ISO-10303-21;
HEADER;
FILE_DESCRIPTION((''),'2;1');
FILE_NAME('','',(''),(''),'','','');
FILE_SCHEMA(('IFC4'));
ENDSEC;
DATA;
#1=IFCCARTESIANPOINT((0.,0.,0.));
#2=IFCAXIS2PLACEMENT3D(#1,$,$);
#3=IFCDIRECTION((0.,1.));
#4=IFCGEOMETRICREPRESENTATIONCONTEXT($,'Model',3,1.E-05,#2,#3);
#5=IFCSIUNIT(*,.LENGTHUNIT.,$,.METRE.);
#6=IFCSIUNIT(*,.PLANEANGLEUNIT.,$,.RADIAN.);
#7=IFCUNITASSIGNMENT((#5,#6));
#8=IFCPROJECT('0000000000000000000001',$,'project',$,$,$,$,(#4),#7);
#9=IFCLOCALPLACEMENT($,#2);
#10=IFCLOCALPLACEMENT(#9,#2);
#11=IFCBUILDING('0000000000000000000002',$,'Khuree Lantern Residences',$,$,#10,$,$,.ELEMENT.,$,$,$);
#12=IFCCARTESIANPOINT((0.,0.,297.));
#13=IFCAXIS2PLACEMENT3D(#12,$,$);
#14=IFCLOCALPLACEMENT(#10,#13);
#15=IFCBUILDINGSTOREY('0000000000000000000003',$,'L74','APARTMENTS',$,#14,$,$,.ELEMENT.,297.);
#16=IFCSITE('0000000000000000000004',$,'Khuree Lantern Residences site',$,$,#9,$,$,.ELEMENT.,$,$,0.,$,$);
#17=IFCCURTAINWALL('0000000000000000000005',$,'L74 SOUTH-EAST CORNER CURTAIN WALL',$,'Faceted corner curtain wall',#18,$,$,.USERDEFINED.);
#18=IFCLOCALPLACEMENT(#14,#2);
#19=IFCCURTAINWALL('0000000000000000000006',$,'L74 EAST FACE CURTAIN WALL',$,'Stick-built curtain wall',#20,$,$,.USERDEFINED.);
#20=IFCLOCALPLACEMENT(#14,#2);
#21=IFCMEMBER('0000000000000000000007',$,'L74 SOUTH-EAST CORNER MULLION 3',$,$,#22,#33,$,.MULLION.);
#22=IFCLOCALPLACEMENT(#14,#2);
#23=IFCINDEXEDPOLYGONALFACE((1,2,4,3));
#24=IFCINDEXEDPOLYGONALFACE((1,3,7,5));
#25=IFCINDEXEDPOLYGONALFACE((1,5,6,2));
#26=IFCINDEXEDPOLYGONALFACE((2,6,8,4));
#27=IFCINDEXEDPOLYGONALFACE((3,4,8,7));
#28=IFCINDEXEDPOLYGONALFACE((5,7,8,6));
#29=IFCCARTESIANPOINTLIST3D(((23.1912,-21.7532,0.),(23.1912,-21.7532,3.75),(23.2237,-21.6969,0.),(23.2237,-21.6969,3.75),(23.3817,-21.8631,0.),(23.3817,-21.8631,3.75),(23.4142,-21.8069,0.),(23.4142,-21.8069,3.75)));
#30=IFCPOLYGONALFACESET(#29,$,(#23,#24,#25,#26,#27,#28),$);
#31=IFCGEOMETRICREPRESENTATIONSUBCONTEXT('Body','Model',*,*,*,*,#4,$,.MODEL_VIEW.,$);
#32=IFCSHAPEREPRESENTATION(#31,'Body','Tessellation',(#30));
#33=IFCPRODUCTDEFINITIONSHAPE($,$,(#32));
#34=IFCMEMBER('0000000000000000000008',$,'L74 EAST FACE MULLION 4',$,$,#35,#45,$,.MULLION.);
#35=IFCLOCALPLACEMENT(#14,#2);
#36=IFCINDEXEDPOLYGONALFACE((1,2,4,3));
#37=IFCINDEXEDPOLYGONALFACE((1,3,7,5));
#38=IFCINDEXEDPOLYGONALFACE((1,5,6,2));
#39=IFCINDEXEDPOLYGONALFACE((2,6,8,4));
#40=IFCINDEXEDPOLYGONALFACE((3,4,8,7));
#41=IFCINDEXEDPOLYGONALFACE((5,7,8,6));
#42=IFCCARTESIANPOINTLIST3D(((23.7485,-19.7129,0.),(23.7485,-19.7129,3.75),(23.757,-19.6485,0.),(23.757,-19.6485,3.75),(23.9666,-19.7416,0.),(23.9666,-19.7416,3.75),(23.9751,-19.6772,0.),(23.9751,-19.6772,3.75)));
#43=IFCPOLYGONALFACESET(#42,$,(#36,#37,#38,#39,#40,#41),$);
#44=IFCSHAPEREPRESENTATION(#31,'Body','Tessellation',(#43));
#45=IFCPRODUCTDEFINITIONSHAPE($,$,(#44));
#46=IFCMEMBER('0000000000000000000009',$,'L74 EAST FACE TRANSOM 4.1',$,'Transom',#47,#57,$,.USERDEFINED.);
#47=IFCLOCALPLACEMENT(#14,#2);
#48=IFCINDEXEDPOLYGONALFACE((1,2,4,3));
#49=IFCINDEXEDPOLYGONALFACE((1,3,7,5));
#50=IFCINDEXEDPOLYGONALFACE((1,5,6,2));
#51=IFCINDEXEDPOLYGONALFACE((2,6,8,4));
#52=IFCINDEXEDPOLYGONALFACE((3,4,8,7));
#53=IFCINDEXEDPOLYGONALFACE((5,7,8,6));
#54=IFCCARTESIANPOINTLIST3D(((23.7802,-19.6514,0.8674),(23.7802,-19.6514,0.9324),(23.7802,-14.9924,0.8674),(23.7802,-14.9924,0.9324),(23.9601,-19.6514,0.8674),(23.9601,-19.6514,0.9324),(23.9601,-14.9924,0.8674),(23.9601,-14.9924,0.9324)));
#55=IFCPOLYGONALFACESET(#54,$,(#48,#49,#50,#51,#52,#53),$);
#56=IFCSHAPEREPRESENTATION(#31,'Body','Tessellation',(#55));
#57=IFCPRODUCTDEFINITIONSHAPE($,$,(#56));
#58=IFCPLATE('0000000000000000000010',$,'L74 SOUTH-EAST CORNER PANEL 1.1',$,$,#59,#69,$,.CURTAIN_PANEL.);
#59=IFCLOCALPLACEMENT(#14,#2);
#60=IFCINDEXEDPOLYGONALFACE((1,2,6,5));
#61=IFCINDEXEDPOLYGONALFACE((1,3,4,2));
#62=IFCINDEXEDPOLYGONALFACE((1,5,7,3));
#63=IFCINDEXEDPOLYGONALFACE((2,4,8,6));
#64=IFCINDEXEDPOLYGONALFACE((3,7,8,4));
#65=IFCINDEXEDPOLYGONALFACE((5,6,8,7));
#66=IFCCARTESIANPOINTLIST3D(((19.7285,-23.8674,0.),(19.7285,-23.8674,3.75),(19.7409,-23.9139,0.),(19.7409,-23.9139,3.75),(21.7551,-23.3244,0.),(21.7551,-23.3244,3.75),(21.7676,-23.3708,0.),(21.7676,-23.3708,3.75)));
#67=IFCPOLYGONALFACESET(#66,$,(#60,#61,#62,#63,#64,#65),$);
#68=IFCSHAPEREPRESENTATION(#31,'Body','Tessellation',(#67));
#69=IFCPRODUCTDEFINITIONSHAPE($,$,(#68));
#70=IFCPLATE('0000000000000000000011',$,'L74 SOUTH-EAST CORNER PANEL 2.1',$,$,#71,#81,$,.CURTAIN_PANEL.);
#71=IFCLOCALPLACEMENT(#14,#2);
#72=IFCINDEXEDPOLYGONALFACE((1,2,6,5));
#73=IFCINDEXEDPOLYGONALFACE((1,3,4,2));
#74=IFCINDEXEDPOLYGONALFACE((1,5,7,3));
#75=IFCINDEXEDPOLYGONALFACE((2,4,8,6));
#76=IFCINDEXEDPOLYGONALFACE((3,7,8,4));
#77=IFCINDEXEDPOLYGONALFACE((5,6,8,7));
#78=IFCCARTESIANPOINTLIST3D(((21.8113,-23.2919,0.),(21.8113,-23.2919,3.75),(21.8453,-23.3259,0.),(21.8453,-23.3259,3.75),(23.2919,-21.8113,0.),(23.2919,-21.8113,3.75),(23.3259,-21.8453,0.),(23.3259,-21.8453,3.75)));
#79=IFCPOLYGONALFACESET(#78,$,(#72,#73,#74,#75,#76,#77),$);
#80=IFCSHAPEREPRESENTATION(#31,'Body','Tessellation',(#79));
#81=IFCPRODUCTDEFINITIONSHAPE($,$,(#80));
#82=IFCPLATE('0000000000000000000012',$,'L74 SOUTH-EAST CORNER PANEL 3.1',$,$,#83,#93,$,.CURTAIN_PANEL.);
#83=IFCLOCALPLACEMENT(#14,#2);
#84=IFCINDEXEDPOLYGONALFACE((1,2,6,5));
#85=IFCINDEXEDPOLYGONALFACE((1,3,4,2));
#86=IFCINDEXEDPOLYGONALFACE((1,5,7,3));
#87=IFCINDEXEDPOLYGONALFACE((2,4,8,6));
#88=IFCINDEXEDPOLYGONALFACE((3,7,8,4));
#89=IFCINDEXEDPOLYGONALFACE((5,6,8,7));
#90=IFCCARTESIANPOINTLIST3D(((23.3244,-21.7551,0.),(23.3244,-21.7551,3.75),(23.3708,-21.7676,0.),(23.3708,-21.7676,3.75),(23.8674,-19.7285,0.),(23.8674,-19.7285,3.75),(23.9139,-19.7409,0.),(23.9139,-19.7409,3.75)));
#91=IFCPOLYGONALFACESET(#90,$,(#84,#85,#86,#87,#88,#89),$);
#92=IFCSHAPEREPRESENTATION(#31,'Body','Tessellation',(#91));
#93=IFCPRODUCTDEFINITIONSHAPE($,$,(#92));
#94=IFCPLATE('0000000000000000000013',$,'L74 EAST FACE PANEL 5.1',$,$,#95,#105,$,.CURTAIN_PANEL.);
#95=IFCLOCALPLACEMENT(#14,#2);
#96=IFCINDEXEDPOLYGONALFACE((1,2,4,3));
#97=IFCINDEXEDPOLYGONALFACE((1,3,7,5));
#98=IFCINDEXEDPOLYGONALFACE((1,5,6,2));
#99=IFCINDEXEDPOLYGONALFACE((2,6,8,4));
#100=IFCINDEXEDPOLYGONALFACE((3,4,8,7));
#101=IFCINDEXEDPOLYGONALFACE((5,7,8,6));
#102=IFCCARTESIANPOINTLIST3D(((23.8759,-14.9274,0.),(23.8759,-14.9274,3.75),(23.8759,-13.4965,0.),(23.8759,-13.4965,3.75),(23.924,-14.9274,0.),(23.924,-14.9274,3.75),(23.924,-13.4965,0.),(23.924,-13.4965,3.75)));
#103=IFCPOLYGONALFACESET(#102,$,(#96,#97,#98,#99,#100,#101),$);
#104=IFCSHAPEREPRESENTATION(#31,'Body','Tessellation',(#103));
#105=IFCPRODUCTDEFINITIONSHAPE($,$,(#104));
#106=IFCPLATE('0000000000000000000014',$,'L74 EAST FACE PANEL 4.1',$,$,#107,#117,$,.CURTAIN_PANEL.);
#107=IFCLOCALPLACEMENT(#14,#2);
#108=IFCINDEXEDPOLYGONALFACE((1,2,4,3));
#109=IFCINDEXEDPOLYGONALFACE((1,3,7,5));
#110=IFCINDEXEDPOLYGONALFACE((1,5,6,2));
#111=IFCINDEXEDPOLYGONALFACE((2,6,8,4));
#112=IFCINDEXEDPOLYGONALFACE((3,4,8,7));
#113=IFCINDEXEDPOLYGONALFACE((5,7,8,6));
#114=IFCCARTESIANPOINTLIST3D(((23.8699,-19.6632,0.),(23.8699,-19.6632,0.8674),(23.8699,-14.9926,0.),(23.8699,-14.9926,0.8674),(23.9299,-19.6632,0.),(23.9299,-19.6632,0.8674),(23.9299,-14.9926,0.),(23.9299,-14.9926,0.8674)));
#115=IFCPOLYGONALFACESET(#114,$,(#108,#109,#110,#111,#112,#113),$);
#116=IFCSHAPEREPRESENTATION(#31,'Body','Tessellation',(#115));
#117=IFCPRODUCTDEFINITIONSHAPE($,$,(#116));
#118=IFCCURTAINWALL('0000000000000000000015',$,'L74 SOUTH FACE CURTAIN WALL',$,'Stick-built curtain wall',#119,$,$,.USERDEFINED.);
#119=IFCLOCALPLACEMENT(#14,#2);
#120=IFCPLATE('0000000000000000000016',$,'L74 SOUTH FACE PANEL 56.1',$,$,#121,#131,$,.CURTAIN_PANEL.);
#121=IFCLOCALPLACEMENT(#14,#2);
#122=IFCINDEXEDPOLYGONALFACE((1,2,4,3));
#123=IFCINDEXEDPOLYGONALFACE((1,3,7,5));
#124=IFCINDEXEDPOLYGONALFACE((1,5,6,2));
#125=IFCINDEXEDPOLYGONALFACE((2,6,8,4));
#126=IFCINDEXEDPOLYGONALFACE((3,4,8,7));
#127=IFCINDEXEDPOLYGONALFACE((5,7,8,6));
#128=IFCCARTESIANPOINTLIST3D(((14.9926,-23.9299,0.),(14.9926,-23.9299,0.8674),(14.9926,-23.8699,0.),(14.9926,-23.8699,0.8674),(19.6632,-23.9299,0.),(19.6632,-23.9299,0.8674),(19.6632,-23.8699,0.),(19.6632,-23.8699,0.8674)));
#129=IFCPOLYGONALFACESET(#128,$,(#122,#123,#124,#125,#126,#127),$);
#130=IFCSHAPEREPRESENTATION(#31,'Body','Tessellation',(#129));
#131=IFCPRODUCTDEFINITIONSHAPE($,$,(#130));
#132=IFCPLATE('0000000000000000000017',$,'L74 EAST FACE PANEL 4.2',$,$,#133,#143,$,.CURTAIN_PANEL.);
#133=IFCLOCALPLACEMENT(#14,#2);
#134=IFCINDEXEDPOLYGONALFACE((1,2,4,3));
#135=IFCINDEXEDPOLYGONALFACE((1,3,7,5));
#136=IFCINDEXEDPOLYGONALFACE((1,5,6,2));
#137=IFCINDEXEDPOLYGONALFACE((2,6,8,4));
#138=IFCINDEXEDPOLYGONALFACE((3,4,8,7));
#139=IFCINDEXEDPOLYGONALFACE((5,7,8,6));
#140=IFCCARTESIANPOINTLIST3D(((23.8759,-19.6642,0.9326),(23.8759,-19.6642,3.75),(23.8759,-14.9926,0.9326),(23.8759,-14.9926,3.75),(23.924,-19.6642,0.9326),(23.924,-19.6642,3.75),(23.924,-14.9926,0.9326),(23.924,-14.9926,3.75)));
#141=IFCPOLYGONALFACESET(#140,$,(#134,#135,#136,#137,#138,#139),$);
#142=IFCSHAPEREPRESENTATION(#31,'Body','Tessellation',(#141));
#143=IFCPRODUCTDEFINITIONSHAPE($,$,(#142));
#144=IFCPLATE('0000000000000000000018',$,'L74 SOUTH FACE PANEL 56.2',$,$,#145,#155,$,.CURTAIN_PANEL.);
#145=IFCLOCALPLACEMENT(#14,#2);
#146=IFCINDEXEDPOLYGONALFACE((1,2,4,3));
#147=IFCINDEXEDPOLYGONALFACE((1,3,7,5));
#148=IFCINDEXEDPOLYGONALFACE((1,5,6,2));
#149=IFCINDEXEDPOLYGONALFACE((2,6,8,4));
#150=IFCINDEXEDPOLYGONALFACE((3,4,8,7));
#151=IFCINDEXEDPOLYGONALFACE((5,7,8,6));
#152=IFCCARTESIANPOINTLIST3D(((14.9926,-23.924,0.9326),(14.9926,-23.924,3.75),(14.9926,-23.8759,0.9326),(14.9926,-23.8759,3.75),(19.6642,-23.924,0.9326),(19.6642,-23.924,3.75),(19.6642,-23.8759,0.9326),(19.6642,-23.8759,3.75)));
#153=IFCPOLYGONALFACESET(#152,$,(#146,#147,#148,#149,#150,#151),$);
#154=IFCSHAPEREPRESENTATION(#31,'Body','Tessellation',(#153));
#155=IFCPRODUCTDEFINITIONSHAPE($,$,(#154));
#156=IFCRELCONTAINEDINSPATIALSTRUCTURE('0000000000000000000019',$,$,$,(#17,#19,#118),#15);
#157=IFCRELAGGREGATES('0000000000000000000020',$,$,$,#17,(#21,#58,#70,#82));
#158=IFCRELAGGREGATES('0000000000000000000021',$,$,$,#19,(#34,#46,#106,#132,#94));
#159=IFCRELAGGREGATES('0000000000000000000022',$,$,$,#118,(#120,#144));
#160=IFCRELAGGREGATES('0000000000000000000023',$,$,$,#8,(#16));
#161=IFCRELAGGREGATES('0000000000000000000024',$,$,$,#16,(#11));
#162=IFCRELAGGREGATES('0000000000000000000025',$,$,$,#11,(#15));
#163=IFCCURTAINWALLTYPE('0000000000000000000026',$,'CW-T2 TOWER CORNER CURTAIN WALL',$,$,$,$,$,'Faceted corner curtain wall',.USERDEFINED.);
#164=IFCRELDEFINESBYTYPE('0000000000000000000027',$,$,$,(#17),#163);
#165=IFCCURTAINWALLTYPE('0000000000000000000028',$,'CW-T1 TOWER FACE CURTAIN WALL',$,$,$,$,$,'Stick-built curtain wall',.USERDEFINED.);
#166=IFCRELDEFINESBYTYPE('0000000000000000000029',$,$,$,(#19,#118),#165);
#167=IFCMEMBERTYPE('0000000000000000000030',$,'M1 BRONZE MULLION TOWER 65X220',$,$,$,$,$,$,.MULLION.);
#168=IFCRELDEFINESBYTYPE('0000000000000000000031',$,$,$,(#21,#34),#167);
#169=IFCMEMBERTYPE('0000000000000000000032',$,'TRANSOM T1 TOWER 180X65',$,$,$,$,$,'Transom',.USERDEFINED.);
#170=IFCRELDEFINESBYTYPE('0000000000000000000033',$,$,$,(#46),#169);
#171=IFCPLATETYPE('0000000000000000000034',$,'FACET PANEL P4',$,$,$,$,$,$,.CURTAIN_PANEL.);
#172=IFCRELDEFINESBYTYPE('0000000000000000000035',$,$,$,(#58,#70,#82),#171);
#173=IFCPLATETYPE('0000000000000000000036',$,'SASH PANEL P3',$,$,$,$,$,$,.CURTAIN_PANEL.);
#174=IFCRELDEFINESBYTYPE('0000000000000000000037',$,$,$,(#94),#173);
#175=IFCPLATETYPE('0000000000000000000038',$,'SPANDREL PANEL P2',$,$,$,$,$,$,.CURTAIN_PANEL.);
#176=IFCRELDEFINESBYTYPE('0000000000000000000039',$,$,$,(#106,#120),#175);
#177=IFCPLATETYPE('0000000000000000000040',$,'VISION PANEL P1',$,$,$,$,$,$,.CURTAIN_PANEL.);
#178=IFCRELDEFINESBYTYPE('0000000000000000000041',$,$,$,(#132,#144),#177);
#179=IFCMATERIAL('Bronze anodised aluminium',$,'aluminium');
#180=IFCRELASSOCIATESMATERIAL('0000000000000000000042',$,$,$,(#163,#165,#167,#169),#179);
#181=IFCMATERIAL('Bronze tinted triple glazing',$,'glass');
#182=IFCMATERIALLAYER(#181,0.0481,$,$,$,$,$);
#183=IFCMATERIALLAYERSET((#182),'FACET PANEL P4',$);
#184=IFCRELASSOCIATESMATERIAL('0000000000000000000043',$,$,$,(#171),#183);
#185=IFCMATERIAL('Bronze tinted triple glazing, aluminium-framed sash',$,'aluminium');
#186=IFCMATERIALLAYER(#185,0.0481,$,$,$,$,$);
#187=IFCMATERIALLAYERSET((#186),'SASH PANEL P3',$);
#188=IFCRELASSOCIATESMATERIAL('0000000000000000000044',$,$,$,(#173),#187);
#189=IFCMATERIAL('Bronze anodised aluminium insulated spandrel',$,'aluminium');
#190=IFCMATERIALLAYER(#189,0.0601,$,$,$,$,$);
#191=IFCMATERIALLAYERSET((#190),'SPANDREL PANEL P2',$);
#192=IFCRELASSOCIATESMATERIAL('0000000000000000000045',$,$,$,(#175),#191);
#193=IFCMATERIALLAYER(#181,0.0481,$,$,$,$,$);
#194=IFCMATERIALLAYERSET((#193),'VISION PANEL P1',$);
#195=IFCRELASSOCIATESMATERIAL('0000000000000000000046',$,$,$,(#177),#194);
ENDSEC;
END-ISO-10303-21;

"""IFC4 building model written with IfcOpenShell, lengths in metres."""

from ifc_helpers import new_model, si_unit, direction, frame, origin, origin_2d, place, context, subcontext, project, spatial, rectangle, extrude, material, layer, layer_set, material_profile, profile_set, type_object, element, aggregate, save


model = new_model("IFC4")

# Units and contexts
model_context = context("Model", 3, precision=1e-05, world=origin(), true_north=direction((0.0, 1.0)))
body_context = subcontext(model_context, "Body", "Model", "MODEL_VIEW")
ifc_project = project(units=[si_unit("LENGTHUNIT", "METRE"), si_unit("PLANEANGLEUNIT", "RADIAN")], contexts=[model_context])

# Site, building, storey
site_placement = place(None, origin())
site = spatial("IfcSite", under=ifc_project, at=site_placement, Name="Khuree Lantern Residences site", CompositionType="ELEMENT", RefElevation=0.0)
building_placement = place(site_placement, origin())
building = spatial("IfcBuilding", under=site, at=building_placement, Name="Khuree Lantern Residences", CompositionType="ELEMENT")
storey_placement = place(building_placement, frame((0.0, 0.0, 297.0)))
storey = spatial("IfcBuildingStorey", under=building, at=storey_placement, Name="L74", Description="APARTMENTS", CompositionType="ELEMENT", Elevation=297.0)

# Curtain walls
ifc_material_1 = material(Name="Bronze anodised aluminium", Category="aluminium")
curtain_wall_type_1 = type_object("IfcCurtainWallType", Name="CW-T2 TOWER CORNER CURTAIN WALL", ElementType="Faceted corner curtain wall", PredefinedType="USERDEFINED", material=ifc_material_1)
curtain_wall_1_placement = place(storey_placement, origin())
curtain_wall_1 = element("IfcCurtainWall", 1, at=curtain_wall_1_placement, inside=storey, type_object=curtain_wall_type_1, Name="L74 SOUTH-EAST CORNER CURTAIN WALL", ObjectType="Faceted corner curtain wall", PredefinedType="USERDEFINED")
curtain_wall_type_2 = type_object("IfcCurtainWallType", Name="CW-T1 TOWER FACE CURTAIN WALL", ElementType="Stick-built curtain wall", PredefinedType="USERDEFINED", material=ifc_material_1)
curtain_wall_2_placement = place(storey_placement, origin())
curtain_wall_2 = element("IfcCurtainWall", 2, at=curtain_wall_2_placement, inside=storey, type_object=curtain_wall_type_2, Name="L74 EAST FACE CURTAIN WALL", ObjectType="Stick-built curtain wall", PredefinedType="USERDEFINED")

# Members
ifc_material_profile_1 = material_profile(ifc_material_1, rectangle(XDim=0.0649, YDim=0.22, at=origin_2d()), Name="M1 65X220")
ifc_profile_set_1 = profile_set([ifc_material_profile_1], Name="Bronze anodised aluminium")
member_type_1 = type_object("IfcMemberType", Name="M1 BRONZE MULLION TOWER 65X220", PredefinedType="MULLION", material=ifc_profile_set_1)
member_1_placement = place(storey_placement, frame((23.3027, -21.78, 0.0), z_axis=(0.0, 0.0, 1.0), x_axis=(0.5, 0.866025, 0.0)))
member_1 = element("IfcMember", 3, at=member_1_placement, type_object=member_type_1, Name="L74 SOUTH-EAST CORNER MULLION 3", PredefinedType="MULLION", context=body_context, shape_type="SweptSolid", body=[
    extrude(rectangle(XDim=0.0649, YDim=0.22, at=origin_2d()), origin(), (0.0, 0.0, 1.0), 3.75),
])
member_2_placement = place(storey_placement, frame((23.8618, -19.6951, 0.0), z_axis=(0.0, 0.0, 1.0), x_axis=(0.130526, 0.991445, 0.0)))
member_2 = element("IfcMember", 4, at=member_2_placement, type_object=member_type_1, Name="L74 EAST FACE MULLION 4", PredefinedType="MULLION", context=body_context, shape_type="SweptSolid", body=[
    extrude(rectangle(XDim=0.0649, YDim=0.22, at=origin_2d()), origin(), (0.0, 0.0, 1.0), 3.75),
])
ifc_material_profile_2 = material_profile(ifc_material_1, rectangle(XDim=0.1799, YDim=0.0649, at=origin_2d()), Name="T1 180X65")
ifc_profile_set_2 = profile_set([ifc_material_profile_2], Name="Bronze anodised aluminium")
member_type_2 = type_object("IfcMemberType", Name="TRANSOM T1 TOWER 180X65", ElementType="Transom", PredefinedType="USERDEFINED", material=ifc_profile_set_2)
member_3_placement = place(storey_placement, frame((23.8701, -19.6514, 0.8999), z_axis=(0.0, 1.0, 0.0), x_axis=(-1.0, 0.0, 0.0)))
member_3 = element("IfcMember", 5, at=member_3_placement, type_object=member_type_2, Name="L74 EAST FACE TRANSOM 4.1", ObjectType="Transom", PredefinedType="USERDEFINED", context=body_context, shape_type="SweptSolid", body=[
    extrude(rectangle(XDim=0.1799, YDim=0.0649, at=origin_2d()), origin(), (0.0, 0.0, 1.0), 4.6589),
])

# Plates
ifc_material_2 = material(Name="Bronze tinted triple glazing", Category="glass")
ifc_layer_1 = layer(ifc_material_2, 0.0481)
ifc_layer_set_1 = layer_set([ifc_layer_1], Name="FACET PANEL P4")
plate_type_1 = type_object("IfcPlateType", Name="FACET PANEL P4", PredefinedType="CURTAIN_PANEL", material=ifc_layer_set_1)
plate_1_placement = place(storey_placement, frame((20.748, -23.6191, 0.0), z_axis=(0.0, 0.0, 1.0), x_axis=(0.965926, 0.258819, 0.0)))
plate_1 = element("IfcPlate", 6, at=plate_1_placement, type_object=plate_type_1, Name="L74 SOUTH-EAST CORNER PANEL 1.1", PredefinedType="CURTAIN_PANEL", context=body_context, shape_type="SweptSolid", body=[
    extrude(rectangle(XDim=2.0981, YDim=0.0481, at=origin_2d()), origin(), (0.0, 0.0, 1.0), 3.75),
])
plate_2_placement = place(storey_placement, frame((22.5686, -22.5686, 0.0), z_axis=(0.0, 0.0, 1.0), x_axis=(0.707107, 0.707107, 0.0)))
plate_2 = element("IfcPlate", 7, at=plate_2_placement, type_object=plate_type_1, Name="L74 SOUTH-EAST CORNER PANEL 2.1", PredefinedType="CURTAIN_PANEL", context=body_context, shape_type="SweptSolid", body=[
    extrude(rectangle(XDim=2.094, YDim=0.0481, at=origin_2d()), origin(), (0.0, 0.0, 1.0), 3.75),
])
plate_3_placement = place(storey_placement, frame((23.6191, -20.748, 0.0), z_axis=(0.0, 0.0, 1.0), x_axis=(0.258819, 0.965926, 0.0)))
plate_3 = element("IfcPlate", 8, at=plate_3_placement, type_object=plate_type_1, Name="L74 SOUTH-EAST CORNER PANEL 3.1", PredefinedType="CURTAIN_PANEL", context=body_context, shape_type="SweptSolid", body=[
    extrude(rectangle(XDim=2.0981, YDim=0.0481, at=origin_2d()), origin(), (0.0, 0.0, 1.0), 3.75),
])
aggregate(curtain_wall_1, [member_1, plate_1, plate_2, plate_3])
ifc_material_3 = material(Name="Bronze tinted triple glazing, aluminium-framed sash", Category="aluminium")
ifc_layer_2 = layer(ifc_material_3, 0.0481)
ifc_layer_set_2 = layer_set([ifc_layer_2], Name="SASH PANEL P3")
plate_type_2 = type_object("IfcPlateType", Name="SASH PANEL P3", PredefinedType="CURTAIN_PANEL", material=ifc_layer_set_2)
plate_4_placement = place(storey_placement, frame((23.8999, -14.2119, 0.0), z_axis=(0.0, 0.0, 1.0), x_axis=(0.0, 1.0, 0.0)))
plate_4 = element("IfcPlate", 9, at=plate_4_placement, type_object=plate_type_2, Name="L74 EAST FACE PANEL 5.1", PredefinedType="CURTAIN_PANEL", context=body_context, shape_type="SweptSolid", body=[
    extrude(rectangle(XDim=1.4309, YDim=0.0481, at=origin_2d()), origin(), (0.0, 0.0, 1.0), 3.75),
])
ifc_material_4 = material(Name="Bronze anodised aluminium insulated spandrel", Category="aluminium")
ifc_layer_3 = layer(ifc_material_4, 0.0601)
ifc_layer_set_3 = layer_set([ifc_layer_3], Name="SPANDREL PANEL P2")
plate_type_3 = type_object("IfcPlateType", Name="SPANDREL PANEL P2", PredefinedType="CURTAIN_PANEL", material=ifc_layer_set_3)
plate_5_placement = place(storey_placement, frame((23.8999, -17.3279, 0.0), z_axis=(0.0, 0.0, 1.0), x_axis=(0.0, 1.0, 0.0)))
plate_5 = element("IfcPlate", 10, at=plate_5_placement, type_object=plate_type_3, Name="L74 EAST FACE PANEL 4.1", PredefinedType="CURTAIN_PANEL", context=body_context, shape_type="SweptSolid", body=[
    extrude(rectangle(XDim=4.6707, YDim=0.0601, at=origin_2d()), origin(), (0.0, 0.0, 1.0), 0.8674),
])

# Curtain wall, plate
curtain_wall_3_placement = place(storey_placement, origin())
curtain_wall_3 = element("IfcCurtainWall", 11, at=curtain_wall_3_placement, inside=storey, type_object=curtain_wall_type_2, Name="L74 SOUTH FACE CURTAIN WALL", ObjectType="Stick-built curtain wall", PredefinedType="USERDEFINED")
plate_6_placement = place(storey_placement, frame((17.3279, -23.8999, 0.0), z_axis=(0.0, 0.0, 1.0), x_axis=(1.0, 0.0, 0.0)))
plate_6 = element("IfcPlate", 12, at=plate_6_placement, type_object=plate_type_3, Name="L74 SOUTH FACE PANEL 56.1", PredefinedType="CURTAIN_PANEL", context=body_context, shape_type="SweptSolid", body=[
    extrude(rectangle(XDim=4.6707, YDim=0.0601, at=origin_2d()), origin(), (0.0, 0.0, 1.0), 0.8674),
])

# Plates
ifc_layer_4 = layer(ifc_material_2, 0.0481)
ifc_layer_set_4 = layer_set([ifc_layer_4], Name="VISION PANEL P1")
plate_type_4 = type_object("IfcPlateType", Name="VISION PANEL P1", PredefinedType="CURTAIN_PANEL", material=ifc_layer_set_4)
plate_7_placement = place(storey_placement, frame((23.8999, -17.3284, 0.9326), z_axis=(0.0, 0.0, 1.0), x_axis=(0.0, 1.0, 0.0)))
plate_7 = element("IfcPlate", 13, at=plate_7_placement, type_object=plate_type_4, Name="L74 EAST FACE PANEL 4.2", PredefinedType="CURTAIN_PANEL", context=body_context, shape_type="SweptSolid", body=[
    extrude(rectangle(XDim=4.6716, YDim=0.0481, at=origin_2d()), origin(), (0.0, 0.0, 1.0), 2.8174),
])
aggregate(curtain_wall_2, [member_2, member_3, plate_5, plate_7, plate_4])
plate_8_placement = place(storey_placement, frame((17.3284, -23.8999, 0.9326), z_axis=(0.0, 0.0, 1.0), x_axis=(1.0, 0.0, 0.0)))
plate_8 = element("IfcPlate", 14, at=plate_8_placement, type_object=plate_type_4, Name="L74 SOUTH FACE PANEL 56.2", PredefinedType="CURTAIN_PANEL", context=body_context, shape_type="SweptSolid", body=[
    extrude(rectangle(XDim=4.6716, YDim=0.0481, at=origin_2d()), origin(), (0.0, 0.0, 1.0), 2.8174),
])
aggregate(curtain_wall_3, [plate_6, plate_8])

save(model, "model.ifc")
